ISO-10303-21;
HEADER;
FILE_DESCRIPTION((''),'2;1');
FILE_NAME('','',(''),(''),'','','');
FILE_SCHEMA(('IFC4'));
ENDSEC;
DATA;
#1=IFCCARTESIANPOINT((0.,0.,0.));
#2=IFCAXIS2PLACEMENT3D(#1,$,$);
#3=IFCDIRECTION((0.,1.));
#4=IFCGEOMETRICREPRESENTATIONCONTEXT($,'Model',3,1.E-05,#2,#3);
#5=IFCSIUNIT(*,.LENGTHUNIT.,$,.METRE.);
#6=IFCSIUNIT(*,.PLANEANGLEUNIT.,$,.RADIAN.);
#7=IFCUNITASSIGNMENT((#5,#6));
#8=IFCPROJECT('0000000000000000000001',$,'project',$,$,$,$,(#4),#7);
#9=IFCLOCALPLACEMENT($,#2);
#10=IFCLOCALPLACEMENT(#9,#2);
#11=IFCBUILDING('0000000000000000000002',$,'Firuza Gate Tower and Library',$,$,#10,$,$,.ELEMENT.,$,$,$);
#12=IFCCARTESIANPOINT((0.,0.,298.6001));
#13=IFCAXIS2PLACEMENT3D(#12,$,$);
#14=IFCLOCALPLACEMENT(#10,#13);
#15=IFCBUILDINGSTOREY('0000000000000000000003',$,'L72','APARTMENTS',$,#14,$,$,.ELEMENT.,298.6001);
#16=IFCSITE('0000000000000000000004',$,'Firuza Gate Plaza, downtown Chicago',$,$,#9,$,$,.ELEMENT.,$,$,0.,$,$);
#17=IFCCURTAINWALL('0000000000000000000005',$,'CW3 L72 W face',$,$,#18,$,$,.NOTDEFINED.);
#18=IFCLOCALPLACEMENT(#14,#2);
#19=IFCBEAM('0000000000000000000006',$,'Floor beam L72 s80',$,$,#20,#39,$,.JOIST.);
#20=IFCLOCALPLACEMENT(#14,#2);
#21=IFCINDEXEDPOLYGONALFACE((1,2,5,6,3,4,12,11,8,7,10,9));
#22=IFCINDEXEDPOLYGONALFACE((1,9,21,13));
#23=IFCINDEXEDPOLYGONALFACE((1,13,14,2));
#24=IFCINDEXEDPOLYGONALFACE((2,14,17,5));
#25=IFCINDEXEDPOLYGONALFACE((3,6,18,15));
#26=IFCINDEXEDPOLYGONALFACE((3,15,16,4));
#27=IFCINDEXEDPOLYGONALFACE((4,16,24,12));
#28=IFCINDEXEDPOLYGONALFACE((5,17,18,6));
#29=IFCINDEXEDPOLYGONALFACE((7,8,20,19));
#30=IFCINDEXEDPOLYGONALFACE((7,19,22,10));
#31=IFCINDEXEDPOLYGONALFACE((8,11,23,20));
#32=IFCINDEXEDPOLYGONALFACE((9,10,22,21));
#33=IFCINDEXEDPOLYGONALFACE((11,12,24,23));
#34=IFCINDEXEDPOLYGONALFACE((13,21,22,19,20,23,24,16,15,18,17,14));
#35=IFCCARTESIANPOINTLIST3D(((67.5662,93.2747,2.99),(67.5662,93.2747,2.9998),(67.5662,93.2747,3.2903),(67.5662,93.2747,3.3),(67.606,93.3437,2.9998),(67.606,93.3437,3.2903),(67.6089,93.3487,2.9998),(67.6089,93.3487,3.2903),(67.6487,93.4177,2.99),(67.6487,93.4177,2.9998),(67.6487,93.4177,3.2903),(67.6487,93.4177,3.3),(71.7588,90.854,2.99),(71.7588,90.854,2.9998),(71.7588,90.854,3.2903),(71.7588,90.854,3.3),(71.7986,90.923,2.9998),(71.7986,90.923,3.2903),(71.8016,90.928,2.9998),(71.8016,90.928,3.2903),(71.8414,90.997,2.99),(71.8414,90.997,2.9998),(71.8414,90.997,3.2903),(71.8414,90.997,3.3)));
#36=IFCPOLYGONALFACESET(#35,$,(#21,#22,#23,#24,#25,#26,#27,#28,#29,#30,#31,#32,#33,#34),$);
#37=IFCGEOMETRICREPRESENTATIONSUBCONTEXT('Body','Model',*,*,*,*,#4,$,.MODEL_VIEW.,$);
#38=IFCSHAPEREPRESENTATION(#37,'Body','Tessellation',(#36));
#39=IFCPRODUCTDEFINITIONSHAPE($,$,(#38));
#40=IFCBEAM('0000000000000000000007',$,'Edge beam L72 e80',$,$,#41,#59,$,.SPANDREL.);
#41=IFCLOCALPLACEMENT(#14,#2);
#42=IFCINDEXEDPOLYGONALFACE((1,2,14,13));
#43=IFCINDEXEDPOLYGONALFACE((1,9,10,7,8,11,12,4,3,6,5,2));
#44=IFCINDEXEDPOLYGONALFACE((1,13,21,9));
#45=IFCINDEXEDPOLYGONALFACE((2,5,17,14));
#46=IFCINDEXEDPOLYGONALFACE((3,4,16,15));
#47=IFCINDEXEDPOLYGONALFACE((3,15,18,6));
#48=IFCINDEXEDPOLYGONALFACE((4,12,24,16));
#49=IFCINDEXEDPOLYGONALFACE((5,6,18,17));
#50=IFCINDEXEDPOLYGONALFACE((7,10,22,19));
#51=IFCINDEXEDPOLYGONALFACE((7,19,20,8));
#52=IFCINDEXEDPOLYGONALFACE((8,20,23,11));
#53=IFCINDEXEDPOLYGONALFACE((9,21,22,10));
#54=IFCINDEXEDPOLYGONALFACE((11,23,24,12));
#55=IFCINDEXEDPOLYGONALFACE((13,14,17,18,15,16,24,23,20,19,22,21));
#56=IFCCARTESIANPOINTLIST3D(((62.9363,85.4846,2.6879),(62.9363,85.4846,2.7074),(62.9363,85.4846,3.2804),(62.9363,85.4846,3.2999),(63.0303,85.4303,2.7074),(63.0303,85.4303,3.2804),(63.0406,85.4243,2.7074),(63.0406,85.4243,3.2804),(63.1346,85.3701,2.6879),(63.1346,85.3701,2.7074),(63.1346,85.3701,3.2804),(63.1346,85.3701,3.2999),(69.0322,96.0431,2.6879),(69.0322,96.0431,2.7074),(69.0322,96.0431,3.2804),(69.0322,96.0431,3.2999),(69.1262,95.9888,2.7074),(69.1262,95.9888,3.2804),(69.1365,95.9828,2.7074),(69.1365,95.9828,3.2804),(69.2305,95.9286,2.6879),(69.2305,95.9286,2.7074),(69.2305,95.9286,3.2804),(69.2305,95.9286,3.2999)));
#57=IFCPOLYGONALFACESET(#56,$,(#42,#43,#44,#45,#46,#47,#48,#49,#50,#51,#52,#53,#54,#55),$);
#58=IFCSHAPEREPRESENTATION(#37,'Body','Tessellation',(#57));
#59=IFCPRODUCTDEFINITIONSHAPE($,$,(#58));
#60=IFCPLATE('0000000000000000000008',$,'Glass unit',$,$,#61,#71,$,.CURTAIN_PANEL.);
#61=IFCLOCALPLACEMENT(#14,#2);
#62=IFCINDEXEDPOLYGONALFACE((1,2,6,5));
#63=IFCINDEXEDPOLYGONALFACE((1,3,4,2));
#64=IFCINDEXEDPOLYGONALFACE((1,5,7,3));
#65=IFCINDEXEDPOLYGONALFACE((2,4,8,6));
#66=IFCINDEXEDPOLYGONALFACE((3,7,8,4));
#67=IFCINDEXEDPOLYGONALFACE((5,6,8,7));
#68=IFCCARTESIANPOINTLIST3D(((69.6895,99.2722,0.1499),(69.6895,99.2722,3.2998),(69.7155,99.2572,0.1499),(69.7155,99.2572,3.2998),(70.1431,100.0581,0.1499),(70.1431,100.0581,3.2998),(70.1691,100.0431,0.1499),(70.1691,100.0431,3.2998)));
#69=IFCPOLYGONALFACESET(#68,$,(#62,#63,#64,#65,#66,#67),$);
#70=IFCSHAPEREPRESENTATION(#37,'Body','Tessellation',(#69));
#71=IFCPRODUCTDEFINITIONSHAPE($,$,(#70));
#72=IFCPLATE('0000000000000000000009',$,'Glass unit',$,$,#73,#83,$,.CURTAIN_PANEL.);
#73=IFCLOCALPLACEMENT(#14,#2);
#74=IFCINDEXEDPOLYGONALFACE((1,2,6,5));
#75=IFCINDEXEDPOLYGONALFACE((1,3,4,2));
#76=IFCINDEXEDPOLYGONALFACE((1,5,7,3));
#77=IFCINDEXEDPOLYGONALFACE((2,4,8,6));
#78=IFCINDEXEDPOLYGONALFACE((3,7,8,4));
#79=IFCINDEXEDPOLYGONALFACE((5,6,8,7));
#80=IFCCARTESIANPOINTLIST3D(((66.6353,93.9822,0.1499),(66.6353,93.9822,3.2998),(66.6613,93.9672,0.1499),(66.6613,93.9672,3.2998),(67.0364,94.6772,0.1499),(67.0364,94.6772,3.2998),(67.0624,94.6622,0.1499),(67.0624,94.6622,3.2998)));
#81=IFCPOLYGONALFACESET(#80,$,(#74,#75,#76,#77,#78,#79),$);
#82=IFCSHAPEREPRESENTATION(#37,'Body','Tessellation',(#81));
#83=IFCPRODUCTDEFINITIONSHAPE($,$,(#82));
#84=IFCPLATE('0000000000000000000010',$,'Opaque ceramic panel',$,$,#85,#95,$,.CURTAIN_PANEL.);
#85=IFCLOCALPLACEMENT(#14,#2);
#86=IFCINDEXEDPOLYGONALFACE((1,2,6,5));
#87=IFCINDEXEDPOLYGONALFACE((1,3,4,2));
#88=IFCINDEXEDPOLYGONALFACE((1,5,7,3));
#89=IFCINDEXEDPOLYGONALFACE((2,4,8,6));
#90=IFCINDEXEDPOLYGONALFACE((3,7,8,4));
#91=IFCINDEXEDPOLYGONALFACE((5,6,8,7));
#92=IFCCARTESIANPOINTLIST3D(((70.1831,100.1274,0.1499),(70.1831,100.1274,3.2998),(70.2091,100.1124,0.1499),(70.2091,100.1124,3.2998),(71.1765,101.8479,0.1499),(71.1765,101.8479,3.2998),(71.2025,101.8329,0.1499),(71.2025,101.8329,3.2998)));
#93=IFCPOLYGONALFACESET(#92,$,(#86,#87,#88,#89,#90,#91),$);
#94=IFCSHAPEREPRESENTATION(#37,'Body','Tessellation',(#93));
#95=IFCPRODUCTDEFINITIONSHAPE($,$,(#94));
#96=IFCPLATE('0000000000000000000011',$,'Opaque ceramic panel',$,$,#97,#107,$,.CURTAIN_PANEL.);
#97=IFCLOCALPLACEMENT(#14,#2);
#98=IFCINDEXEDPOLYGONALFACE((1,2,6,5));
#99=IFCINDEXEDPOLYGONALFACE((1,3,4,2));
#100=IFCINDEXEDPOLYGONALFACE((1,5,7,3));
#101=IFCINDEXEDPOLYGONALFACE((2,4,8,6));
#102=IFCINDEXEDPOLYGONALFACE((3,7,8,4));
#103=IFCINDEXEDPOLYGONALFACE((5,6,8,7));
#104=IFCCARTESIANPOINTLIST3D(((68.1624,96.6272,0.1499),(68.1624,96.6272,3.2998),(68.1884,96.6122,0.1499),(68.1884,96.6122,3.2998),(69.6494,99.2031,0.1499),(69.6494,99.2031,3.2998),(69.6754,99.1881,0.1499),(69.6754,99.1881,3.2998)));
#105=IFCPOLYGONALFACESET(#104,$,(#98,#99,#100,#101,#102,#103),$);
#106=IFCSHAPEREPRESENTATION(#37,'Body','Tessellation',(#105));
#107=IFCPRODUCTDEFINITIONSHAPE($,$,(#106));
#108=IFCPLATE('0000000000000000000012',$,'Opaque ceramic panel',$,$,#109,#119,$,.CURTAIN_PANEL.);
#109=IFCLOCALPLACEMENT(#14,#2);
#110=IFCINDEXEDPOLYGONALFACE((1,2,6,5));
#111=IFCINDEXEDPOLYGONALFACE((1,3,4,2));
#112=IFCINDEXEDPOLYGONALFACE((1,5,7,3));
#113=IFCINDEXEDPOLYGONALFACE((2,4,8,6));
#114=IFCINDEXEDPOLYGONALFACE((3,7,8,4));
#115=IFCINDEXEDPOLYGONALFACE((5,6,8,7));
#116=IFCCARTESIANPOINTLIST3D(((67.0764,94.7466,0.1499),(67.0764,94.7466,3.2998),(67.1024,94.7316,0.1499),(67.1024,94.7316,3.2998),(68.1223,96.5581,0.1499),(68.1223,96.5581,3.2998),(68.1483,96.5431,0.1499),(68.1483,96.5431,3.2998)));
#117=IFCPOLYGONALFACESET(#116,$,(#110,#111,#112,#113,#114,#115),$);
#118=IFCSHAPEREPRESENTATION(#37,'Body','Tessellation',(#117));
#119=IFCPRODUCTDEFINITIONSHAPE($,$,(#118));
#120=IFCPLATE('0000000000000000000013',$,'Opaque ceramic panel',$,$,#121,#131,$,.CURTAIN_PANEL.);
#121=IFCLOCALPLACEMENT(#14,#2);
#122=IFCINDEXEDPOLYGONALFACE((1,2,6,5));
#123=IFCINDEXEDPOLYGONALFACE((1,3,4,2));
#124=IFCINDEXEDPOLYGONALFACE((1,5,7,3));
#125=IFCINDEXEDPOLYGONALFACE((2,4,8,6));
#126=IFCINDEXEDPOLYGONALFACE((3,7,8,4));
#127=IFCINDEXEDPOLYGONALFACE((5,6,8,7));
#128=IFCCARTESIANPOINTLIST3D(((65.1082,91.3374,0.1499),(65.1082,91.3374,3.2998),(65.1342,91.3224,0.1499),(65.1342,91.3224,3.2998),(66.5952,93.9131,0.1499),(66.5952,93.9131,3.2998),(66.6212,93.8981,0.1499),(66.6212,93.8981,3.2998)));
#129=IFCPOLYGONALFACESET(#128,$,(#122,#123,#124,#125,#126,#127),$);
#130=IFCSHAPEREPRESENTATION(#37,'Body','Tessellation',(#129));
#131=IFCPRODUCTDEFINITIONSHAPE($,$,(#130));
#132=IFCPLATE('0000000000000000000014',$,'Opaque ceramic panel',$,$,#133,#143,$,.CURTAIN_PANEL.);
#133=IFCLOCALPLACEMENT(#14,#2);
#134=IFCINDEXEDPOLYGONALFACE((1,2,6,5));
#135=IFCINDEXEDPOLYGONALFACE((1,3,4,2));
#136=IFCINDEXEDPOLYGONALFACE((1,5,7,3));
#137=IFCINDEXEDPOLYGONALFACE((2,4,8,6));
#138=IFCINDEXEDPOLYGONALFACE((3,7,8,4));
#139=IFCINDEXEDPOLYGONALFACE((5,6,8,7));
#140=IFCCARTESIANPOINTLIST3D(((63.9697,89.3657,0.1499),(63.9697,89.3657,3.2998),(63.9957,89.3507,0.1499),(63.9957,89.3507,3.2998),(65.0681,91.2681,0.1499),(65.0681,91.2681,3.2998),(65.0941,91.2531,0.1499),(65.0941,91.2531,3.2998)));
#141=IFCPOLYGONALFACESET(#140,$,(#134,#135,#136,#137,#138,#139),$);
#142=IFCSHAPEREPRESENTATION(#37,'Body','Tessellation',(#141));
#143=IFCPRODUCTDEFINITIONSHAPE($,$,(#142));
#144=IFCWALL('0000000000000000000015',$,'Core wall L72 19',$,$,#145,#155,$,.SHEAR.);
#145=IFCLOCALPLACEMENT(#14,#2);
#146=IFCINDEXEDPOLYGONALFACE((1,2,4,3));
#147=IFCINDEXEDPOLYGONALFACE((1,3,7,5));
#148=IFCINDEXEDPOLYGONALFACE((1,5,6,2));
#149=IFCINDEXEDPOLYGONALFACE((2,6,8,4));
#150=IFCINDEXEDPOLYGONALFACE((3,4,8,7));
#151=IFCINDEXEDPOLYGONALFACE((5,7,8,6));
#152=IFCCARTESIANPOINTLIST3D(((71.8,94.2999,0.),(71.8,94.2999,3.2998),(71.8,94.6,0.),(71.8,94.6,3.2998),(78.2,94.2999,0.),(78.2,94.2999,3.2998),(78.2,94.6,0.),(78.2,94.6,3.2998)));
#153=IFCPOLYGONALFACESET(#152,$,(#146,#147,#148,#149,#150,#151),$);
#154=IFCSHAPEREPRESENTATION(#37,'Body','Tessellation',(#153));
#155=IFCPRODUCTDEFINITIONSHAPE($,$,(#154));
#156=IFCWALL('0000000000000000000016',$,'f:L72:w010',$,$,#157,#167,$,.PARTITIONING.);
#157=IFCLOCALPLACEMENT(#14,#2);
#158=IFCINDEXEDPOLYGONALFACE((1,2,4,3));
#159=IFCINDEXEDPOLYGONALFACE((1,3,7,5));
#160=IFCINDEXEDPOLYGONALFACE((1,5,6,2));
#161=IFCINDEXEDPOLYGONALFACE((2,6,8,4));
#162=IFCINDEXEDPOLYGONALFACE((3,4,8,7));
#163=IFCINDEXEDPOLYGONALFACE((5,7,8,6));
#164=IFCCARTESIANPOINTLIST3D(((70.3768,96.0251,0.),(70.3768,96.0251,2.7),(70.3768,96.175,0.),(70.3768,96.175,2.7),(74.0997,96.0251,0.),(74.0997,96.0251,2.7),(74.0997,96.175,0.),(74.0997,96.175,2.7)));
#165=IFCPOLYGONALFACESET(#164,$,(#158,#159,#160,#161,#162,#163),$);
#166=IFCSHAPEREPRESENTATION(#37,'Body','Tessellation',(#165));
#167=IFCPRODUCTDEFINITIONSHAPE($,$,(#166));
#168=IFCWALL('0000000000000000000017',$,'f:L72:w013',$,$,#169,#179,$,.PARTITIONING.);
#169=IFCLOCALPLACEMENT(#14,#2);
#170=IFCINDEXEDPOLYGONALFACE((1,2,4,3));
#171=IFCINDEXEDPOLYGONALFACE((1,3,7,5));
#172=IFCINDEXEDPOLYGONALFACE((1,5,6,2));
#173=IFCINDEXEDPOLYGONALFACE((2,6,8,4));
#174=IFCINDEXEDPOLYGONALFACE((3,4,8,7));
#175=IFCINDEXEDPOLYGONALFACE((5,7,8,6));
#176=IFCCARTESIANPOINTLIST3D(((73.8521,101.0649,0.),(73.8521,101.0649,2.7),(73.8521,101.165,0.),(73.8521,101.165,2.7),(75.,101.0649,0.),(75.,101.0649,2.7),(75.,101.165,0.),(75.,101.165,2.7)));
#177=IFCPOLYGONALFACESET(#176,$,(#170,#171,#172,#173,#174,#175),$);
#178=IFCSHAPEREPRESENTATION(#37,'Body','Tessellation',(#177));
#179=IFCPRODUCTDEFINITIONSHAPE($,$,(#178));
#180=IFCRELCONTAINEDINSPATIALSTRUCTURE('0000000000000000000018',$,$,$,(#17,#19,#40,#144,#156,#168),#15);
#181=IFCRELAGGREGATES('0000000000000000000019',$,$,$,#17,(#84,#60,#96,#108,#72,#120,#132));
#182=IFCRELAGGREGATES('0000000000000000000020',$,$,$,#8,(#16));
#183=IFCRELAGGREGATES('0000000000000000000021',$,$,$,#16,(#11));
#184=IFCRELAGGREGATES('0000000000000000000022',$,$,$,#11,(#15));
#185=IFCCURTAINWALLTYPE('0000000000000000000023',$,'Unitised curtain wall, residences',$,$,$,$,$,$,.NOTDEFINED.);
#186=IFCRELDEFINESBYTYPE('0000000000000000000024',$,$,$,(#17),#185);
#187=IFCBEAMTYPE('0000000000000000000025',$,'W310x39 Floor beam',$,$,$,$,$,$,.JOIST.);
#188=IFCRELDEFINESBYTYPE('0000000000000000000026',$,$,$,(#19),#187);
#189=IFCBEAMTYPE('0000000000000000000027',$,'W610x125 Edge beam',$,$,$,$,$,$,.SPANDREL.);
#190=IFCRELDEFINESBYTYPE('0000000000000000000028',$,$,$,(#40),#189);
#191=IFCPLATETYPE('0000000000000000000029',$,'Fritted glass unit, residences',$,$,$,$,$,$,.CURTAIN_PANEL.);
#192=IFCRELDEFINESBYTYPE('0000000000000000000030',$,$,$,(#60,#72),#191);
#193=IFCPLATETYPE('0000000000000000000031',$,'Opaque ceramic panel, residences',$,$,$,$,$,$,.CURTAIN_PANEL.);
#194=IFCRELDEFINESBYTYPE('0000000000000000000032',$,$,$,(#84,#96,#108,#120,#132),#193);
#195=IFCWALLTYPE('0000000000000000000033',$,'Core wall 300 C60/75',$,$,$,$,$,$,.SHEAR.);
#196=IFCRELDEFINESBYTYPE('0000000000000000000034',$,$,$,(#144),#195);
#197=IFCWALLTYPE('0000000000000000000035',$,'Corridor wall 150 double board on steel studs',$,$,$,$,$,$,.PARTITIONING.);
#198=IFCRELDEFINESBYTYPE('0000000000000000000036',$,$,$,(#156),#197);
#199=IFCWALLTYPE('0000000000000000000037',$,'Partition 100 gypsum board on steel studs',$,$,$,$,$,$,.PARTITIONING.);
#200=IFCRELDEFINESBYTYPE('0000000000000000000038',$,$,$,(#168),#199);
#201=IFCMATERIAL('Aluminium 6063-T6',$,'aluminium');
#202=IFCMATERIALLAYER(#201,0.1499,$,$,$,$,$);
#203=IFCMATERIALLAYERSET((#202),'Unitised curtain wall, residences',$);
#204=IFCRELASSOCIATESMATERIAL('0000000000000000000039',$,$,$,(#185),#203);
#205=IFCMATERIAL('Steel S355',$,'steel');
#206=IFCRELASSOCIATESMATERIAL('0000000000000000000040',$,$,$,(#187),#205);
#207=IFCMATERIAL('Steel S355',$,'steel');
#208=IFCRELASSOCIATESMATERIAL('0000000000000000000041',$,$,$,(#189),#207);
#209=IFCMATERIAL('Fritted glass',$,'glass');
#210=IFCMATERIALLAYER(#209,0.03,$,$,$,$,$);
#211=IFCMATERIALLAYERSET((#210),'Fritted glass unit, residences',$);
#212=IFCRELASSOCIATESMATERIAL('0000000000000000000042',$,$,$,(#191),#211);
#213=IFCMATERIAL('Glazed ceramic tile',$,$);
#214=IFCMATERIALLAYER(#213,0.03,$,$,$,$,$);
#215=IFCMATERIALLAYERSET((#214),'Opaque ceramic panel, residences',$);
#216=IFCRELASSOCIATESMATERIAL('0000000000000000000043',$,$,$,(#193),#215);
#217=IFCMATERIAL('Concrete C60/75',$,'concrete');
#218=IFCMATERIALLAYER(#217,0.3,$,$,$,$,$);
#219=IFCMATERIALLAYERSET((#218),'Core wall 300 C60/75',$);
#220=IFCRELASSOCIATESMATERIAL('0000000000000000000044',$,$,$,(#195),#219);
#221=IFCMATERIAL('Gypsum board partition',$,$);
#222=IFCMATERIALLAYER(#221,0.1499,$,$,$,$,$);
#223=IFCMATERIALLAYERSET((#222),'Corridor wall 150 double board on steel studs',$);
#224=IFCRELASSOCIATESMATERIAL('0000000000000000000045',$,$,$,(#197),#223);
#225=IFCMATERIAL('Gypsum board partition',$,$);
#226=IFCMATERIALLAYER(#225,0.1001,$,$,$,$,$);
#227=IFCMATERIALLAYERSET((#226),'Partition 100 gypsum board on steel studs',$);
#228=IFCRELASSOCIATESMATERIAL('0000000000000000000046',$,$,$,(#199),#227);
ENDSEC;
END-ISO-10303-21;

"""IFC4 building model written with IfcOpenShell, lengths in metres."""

from ifc_helpers import new_model, si_unit, direction, frame, frame_2d, origin, origin_2d, place, context, subcontext, project, spatial, polyline, rectangle, i_section, outline, extrude, material, layer, layer_set, material_profile, profile_set, type_object, element, aggregate, save


model = new_model("IFC4")

# Units and contexts
model_context = context("Model", 3, precision=1e-05, world=origin(), true_north=direction((0.0, 1.0)))
body_context = subcontext(model_context, "Body", "Model", "MODEL_VIEW")
ifc_project = project(units=[si_unit("LENGTHUNIT", "METRE"), si_unit("PLANEANGLEUNIT", "RADIAN")], contexts=[model_context])

# Site, building, storey
site_placement = place(None, origin())
site = spatial("IfcSite", under=ifc_project, at=site_placement, Name="Firuza Gate Plaza, downtown Chicago", CompositionType="ELEMENT", RefElevation=0.0)
building_placement = place(site_placement, origin())
building = spatial("IfcBuilding", under=site, at=building_placement, Name="Firuza Gate Tower and Library", CompositionType="ELEMENT")
storey_placement = place(building_placement, frame((0.0, 0.0, 298.6001)))
storey = spatial("IfcBuildingStorey", under=building, at=storey_placement, Name="L72", Description="APARTMENTS", CompositionType="ELEMENT", Elevation=298.6001)

# Curtain wall
ifc_material_1 = material(Name="Aluminium 6063-T6", Category="aluminium")
ifc_layer_1 = layer(ifc_material_1, 0.1499)
ifc_layer_set_1 = layer_set([ifc_layer_1], Name="Unitised curtain wall, residences")
curtain_wall_type = type_object("IfcCurtainWallType", Name="Unitised curtain wall, residences", PredefinedType="NOTDEFINED", material=ifc_layer_set_1)
placement = place(storey_placement, origin())
curtain_wall = element("IfcCurtainWall", 1, at=placement, inside=storey, type_object=curtain_wall_type, Name="CW3 L72 W face", PredefinedType="NOTDEFINED")

# Beams
ifc_material_2 = material(Name="Steel S355", Category="steel")
ifc_material_profile_1 = material_profile(ifc_material_2, i_section(OverallWidth=0.165, OverallDepth=0.3101, WebThickness=0.0059, FlangeThickness=0.0098, at=origin_2d()))
ifc_profile_set_1 = profile_set([ifc_material_profile_1], Name="Steel S355")
beam_type_1 = type_object("IfcBeamType", Name="W310x39 Floor beam", PredefinedType="JOIST", material=ifc_profile_set_1)
beam_1_placement = place(storey_placement, frame((67.6074, 93.3462, 3.145), z_axis=(0.866022, -0.500006, 0.0), x_axis=(0.500006, 0.866022, 0.0)))
element("IfcBeam", 2, at=beam_1_placement, inside=storey, type_object=beam_type_1, Name="Floor beam L72 s80", PredefinedType="JOIST", context=body_context, shape_type="SweptSolid", body=[
    extrude(i_section(OverallWidth=0.165, OverallDepth=0.3101, WebThickness=0.0059, FlangeThickness=0.0098, at=origin_2d()), origin(), (0.0, 0.0, 1.0), 4.8413),
])
ifc_material_3 = material(Name="Steel S355", Category="steel")
ifc_material_profile_2 = material_profile(ifc_material_3, i_section(OverallWidth=0.229, OverallDepth=0.6121, WebThickness=0.012, FlangeThickness=0.0195, at=origin_2d()))
ifc_profile_set_2 = profile_set([ifc_material_profile_2], Name="Steel S355")
beam_type_2 = type_object("IfcBeamType", Name="W610x125 Edge beam", PredefinedType="SPANDREL", material=ifc_profile_set_2)
beam_2_placement = place(storey_placement, frame((69.1313, 95.9858, 2.9939), z_axis=(-0.499996, -0.866028, 0.0), x_axis=(0.866028, -0.499996, 0.0)))
element("IfcBeam", 3, at=beam_2_placement, inside=storey, type_object=beam_type_2, Name="Edge beam L72 e80", PredefinedType="SPANDREL", context=body_context, shape_type="SweptSolid", body=[
    extrude(i_section(OverallWidth=0.229, OverallDepth=0.6121, WebThickness=0.012, FlangeThickness=0.0195, at=origin_2d()), origin(), (0.0, 0.0, 1.0), 12.1919),
])

# Plates
ifc_material_4 = material(Name="Fritted glass", Category="glass")
ifc_layer_2 = layer(ifc_material_4, 0.03)
ifc_layer_set_2 = layer_set([ifc_layer_2], Name="Fritted glass unit, residences")
plate_type_1 = type_object("IfcPlateType", Name="Fritted glass unit, residences", PredefinedType="CURTAIN_PANEL", material=ifc_layer_set_2)
plate_1_placement = place(storey_placement, frame((70.1431, 100.0581, 0.1499), z_axis=(-0.866083, 0.499901, 0.0), x_axis=(-0.499901, -0.866083, 0.0)))
plate_1 = element("IfcPlate", 4, at=plate_1_placement, type_object=plate_type_1, Name="Glass unit", PredefinedType="CURTAIN_PANEL", context=body_context, shape_type="SweptSolid", body=[
    extrude(outline(polyline([(0.0, 0.0), (0.9074, 0.0), (0.9074, 3.1499), (0.0, 3.1499), (0.0, 0.0)])), origin(), (0.0, 0.0, -1.0), 0.03),
])
plate_2_placement = place(storey_placement, frame((67.0364, 94.6772, 0.1499), z_axis=(-0.86612, 0.499837, 0.0), x_axis=(-0.499837, -0.86612, 0.0)))
plate_2 = element("IfcPlate", 5, at=plate_2_placement, type_object=plate_type_1, Name="Glass unit", PredefinedType="CURTAIN_PANEL", context=body_context, shape_type="SweptSolid", body=[
    extrude(outline(polyline([(0.0, 0.0), (0.8025, 0.0), (0.8025, 3.1499), (0.0, 3.1499), (0.0, 0.0)])), origin(), (0.0, 0.0, -1.0), 0.03),
])
ifc_material_5 = material(Name="Glazed ceramic tile")
ifc_layer_3 = layer(ifc_material_5, 0.03)
ifc_layer_set_3 = layer_set([ifc_layer_3], Name="Opaque ceramic panel, residences")
plate_type_2 = type_object("IfcPlateType", Name="Opaque ceramic panel, residences", PredefinedType="CURTAIN_PANEL", material=ifc_layer_set_3)
plate_3_placement = place(storey_placement, frame((71.1765, 101.8479, 0.1499), z_axis=(-0.866003, 0.500038, 0.0), x_axis=(-0.500038, -0.866003, 0.0)))
plate_3 = element("IfcPlate", 6, at=plate_3_placement, type_object=plate_type_2, Name="Opaque ceramic panel", PredefinedType="CURTAIN_PANEL", context=body_context, shape_type="SweptSolid", body=[
    extrude(outline(polyline([(0.0, 0.0), (1.9867, 0.0), (1.9867, 3.1499), (0.0, 3.1499), (0.0, 0.0)])), origin(), (0.0, 0.0, -1.0), 0.03),
])
plate_4_placement = place(storey_placement, frame((69.6494, 99.2031, 0.1499), z_axis=(-0.866048, 0.499962, 0.0), x_axis=(-0.499962, -0.866048, 0.0)))
plate_4 = element("IfcPlate", 7, at=plate_4_placement, type_object=plate_type_2, Name="Opaque ceramic panel", PredefinedType="CURTAIN_PANEL", context=body_context, shape_type="SweptSolid", body=[
    extrude(outline(polyline([(0.0, 0.0), (2.9743, 0.0), (2.9743, 3.1499), (0.0, 3.1499), (0.0, 0.0)])), origin(), (0.0, 0.0, -1.0), 0.03),
])
plate_5_placement = place(storey_placement, frame((68.1223, 96.5581, 0.1499), z_axis=(-0.866022, 0.500005, 0.0), x_axis=(-0.500005, -0.866022, 0.0)))
plate_5 = element("IfcPlate", 8, at=plate_5_placement, type_object=plate_type_2, Name="Opaque ceramic panel", PredefinedType="CURTAIN_PANEL", context=body_context, shape_type="SweptSolid", body=[
    extrude(outline(polyline([(0.0, 0.0), (2.0918, 0.0), (2.0918, 3.1499), (0.0, 3.1499), (0.0, 0.0)])), origin(), (0.0, 0.0, -1.0), 0.03),
])
plate_6_placement = place(storey_placement, frame((66.5952, 93.9131, 0.1499), z_axis=(-0.866027, 0.499997, 0.0), x_axis=(-0.499997, -0.866027, 0.0)))
plate_6 = element("IfcPlate", 9, at=plate_6_placement, type_object=plate_type_2, Name="Opaque ceramic panel", PredefinedType="CURTAIN_PANEL", context=body_context, shape_type="SweptSolid", body=[
    extrude(outline(polyline([(0.0, 0.0), (2.9741, 0.0), (2.9741, 3.1499), (0.0, 3.1499), (0.0, 0.0)])), origin(), (0.0, 0.0, -1.0), 0.03),
])
plate_7_placement = place(storey_placement, frame((65.0681, 91.2681, 0.1499), z_axis=(-0.866012, 0.500024, 0.0), x_axis=(-0.500024, -0.866012, 0.0)))
plate_7 = element("IfcPlate", 10, at=plate_7_placement, type_object=plate_type_2, Name="Opaque ceramic panel", PredefinedType="CURTAIN_PANEL", context=body_context, shape_type="SweptSolid", body=[
    extrude(outline(polyline([(0.0, 0.0), (2.1967, 0.0), (2.1967, 3.1499), (0.0, 3.1499), (0.0, 0.0)])), origin(), (0.0, 0.0, -1.0), 0.03),
])
aggregate(curtain_wall, [plate_3, plate_1, plate_4, plate_5, plate_2, plate_6, plate_7])

# Walls
ifc_material_6 = material(Name="Concrete C60/75", Category="concrete")
ifc_layer_4 = layer(ifc_material_6, 0.3)
ifc_layer_set_4 = layer_set([ifc_layer_4], Name="Core wall 300 C60/75")
wall_type_1 = type_object("IfcWallType", Name="Core wall 300 C60/75", PredefinedType="SHEAR", material=ifc_layer_set_4)
wall_1_placement = place(storey_placement, frame((71.8, 94.45, 0.0), z_axis=(0.0, 0.0, 1.0), x_axis=(1.0, 0.0, 0.0)))
element("IfcWall", 11, at=wall_1_placement, inside=storey, type_object=wall_type_1, Name="Core wall L72 19", PredefinedType="SHEAR", context=body_context, shape_type="SweptSolid", body=[
    extrude(rectangle(XDim=6.3999, YDim=0.3, at=frame_2d((3.2, 0.0))), origin(), (0.0, 0.0, 1.0), 3.2998),
])
ifc_material_7 = material(Name="Gypsum board partition")
ifc_layer_5 = layer(ifc_material_7, 0.1499)
ifc_layer_set_5 = layer_set([ifc_layer_5], Name="Corridor wall 150 double board on steel studs")
wall_type_2 = type_object("IfcWallType", Name="Corridor wall 150 double board on steel studs", PredefinedType="PARTITIONING", material=ifc_layer_set_5)
wall_2_placement = place(storey_placement, frame((70.377, 96.1001, 0.0), z_axis=(0.0, 0.0, 1.0), x_axis=(1.0, 0.0, 0.0)))
element("IfcWall", 12, at=wall_2_placement, inside=storey, type_object=wall_type_2, Name="f:L72:w010", PredefinedType="PARTITIONING", context=body_context, shape_type="SweptSolid", body=[
    extrude(rectangle(XDim=3.7229, YDim=0.1499, at=frame_2d((1.8613, 0.0))), origin(), (0.0, 0.0, 1.0), 2.7),
])
ifc_material_8 = material(Name="Gypsum board partition")
ifc_layer_6 = layer(ifc_material_8, 0.1001)
ifc_layer_set_6 = layer_set([ifc_layer_6], Name="Partition 100 gypsum board on steel studs")
wall_type_3 = type_object("IfcWallType", Name="Partition 100 gypsum board on steel studs", PredefinedType="PARTITIONING", material=ifc_layer_set_6)
wall_3_placement = place(storey_placement, frame((73.8521, 101.115, 0.0), z_axis=(0.0, 0.0, 1.0), x_axis=(1.0, 0.0, 0.0)))
element("IfcWall", 13, at=wall_3_placement, inside=storey, type_object=wall_type_3, Name="f:L72:w013", PredefinedType="PARTITIONING", context=body_context, shape_type="SweptSolid", body=[
    extrude(rectangle(XDim=1.1479, YDim=0.1001, at=frame_2d((0.574, 0.0))), origin(), (0.0, 0.0, 1.0), 2.7),
])

save(model, "model.ifc")
